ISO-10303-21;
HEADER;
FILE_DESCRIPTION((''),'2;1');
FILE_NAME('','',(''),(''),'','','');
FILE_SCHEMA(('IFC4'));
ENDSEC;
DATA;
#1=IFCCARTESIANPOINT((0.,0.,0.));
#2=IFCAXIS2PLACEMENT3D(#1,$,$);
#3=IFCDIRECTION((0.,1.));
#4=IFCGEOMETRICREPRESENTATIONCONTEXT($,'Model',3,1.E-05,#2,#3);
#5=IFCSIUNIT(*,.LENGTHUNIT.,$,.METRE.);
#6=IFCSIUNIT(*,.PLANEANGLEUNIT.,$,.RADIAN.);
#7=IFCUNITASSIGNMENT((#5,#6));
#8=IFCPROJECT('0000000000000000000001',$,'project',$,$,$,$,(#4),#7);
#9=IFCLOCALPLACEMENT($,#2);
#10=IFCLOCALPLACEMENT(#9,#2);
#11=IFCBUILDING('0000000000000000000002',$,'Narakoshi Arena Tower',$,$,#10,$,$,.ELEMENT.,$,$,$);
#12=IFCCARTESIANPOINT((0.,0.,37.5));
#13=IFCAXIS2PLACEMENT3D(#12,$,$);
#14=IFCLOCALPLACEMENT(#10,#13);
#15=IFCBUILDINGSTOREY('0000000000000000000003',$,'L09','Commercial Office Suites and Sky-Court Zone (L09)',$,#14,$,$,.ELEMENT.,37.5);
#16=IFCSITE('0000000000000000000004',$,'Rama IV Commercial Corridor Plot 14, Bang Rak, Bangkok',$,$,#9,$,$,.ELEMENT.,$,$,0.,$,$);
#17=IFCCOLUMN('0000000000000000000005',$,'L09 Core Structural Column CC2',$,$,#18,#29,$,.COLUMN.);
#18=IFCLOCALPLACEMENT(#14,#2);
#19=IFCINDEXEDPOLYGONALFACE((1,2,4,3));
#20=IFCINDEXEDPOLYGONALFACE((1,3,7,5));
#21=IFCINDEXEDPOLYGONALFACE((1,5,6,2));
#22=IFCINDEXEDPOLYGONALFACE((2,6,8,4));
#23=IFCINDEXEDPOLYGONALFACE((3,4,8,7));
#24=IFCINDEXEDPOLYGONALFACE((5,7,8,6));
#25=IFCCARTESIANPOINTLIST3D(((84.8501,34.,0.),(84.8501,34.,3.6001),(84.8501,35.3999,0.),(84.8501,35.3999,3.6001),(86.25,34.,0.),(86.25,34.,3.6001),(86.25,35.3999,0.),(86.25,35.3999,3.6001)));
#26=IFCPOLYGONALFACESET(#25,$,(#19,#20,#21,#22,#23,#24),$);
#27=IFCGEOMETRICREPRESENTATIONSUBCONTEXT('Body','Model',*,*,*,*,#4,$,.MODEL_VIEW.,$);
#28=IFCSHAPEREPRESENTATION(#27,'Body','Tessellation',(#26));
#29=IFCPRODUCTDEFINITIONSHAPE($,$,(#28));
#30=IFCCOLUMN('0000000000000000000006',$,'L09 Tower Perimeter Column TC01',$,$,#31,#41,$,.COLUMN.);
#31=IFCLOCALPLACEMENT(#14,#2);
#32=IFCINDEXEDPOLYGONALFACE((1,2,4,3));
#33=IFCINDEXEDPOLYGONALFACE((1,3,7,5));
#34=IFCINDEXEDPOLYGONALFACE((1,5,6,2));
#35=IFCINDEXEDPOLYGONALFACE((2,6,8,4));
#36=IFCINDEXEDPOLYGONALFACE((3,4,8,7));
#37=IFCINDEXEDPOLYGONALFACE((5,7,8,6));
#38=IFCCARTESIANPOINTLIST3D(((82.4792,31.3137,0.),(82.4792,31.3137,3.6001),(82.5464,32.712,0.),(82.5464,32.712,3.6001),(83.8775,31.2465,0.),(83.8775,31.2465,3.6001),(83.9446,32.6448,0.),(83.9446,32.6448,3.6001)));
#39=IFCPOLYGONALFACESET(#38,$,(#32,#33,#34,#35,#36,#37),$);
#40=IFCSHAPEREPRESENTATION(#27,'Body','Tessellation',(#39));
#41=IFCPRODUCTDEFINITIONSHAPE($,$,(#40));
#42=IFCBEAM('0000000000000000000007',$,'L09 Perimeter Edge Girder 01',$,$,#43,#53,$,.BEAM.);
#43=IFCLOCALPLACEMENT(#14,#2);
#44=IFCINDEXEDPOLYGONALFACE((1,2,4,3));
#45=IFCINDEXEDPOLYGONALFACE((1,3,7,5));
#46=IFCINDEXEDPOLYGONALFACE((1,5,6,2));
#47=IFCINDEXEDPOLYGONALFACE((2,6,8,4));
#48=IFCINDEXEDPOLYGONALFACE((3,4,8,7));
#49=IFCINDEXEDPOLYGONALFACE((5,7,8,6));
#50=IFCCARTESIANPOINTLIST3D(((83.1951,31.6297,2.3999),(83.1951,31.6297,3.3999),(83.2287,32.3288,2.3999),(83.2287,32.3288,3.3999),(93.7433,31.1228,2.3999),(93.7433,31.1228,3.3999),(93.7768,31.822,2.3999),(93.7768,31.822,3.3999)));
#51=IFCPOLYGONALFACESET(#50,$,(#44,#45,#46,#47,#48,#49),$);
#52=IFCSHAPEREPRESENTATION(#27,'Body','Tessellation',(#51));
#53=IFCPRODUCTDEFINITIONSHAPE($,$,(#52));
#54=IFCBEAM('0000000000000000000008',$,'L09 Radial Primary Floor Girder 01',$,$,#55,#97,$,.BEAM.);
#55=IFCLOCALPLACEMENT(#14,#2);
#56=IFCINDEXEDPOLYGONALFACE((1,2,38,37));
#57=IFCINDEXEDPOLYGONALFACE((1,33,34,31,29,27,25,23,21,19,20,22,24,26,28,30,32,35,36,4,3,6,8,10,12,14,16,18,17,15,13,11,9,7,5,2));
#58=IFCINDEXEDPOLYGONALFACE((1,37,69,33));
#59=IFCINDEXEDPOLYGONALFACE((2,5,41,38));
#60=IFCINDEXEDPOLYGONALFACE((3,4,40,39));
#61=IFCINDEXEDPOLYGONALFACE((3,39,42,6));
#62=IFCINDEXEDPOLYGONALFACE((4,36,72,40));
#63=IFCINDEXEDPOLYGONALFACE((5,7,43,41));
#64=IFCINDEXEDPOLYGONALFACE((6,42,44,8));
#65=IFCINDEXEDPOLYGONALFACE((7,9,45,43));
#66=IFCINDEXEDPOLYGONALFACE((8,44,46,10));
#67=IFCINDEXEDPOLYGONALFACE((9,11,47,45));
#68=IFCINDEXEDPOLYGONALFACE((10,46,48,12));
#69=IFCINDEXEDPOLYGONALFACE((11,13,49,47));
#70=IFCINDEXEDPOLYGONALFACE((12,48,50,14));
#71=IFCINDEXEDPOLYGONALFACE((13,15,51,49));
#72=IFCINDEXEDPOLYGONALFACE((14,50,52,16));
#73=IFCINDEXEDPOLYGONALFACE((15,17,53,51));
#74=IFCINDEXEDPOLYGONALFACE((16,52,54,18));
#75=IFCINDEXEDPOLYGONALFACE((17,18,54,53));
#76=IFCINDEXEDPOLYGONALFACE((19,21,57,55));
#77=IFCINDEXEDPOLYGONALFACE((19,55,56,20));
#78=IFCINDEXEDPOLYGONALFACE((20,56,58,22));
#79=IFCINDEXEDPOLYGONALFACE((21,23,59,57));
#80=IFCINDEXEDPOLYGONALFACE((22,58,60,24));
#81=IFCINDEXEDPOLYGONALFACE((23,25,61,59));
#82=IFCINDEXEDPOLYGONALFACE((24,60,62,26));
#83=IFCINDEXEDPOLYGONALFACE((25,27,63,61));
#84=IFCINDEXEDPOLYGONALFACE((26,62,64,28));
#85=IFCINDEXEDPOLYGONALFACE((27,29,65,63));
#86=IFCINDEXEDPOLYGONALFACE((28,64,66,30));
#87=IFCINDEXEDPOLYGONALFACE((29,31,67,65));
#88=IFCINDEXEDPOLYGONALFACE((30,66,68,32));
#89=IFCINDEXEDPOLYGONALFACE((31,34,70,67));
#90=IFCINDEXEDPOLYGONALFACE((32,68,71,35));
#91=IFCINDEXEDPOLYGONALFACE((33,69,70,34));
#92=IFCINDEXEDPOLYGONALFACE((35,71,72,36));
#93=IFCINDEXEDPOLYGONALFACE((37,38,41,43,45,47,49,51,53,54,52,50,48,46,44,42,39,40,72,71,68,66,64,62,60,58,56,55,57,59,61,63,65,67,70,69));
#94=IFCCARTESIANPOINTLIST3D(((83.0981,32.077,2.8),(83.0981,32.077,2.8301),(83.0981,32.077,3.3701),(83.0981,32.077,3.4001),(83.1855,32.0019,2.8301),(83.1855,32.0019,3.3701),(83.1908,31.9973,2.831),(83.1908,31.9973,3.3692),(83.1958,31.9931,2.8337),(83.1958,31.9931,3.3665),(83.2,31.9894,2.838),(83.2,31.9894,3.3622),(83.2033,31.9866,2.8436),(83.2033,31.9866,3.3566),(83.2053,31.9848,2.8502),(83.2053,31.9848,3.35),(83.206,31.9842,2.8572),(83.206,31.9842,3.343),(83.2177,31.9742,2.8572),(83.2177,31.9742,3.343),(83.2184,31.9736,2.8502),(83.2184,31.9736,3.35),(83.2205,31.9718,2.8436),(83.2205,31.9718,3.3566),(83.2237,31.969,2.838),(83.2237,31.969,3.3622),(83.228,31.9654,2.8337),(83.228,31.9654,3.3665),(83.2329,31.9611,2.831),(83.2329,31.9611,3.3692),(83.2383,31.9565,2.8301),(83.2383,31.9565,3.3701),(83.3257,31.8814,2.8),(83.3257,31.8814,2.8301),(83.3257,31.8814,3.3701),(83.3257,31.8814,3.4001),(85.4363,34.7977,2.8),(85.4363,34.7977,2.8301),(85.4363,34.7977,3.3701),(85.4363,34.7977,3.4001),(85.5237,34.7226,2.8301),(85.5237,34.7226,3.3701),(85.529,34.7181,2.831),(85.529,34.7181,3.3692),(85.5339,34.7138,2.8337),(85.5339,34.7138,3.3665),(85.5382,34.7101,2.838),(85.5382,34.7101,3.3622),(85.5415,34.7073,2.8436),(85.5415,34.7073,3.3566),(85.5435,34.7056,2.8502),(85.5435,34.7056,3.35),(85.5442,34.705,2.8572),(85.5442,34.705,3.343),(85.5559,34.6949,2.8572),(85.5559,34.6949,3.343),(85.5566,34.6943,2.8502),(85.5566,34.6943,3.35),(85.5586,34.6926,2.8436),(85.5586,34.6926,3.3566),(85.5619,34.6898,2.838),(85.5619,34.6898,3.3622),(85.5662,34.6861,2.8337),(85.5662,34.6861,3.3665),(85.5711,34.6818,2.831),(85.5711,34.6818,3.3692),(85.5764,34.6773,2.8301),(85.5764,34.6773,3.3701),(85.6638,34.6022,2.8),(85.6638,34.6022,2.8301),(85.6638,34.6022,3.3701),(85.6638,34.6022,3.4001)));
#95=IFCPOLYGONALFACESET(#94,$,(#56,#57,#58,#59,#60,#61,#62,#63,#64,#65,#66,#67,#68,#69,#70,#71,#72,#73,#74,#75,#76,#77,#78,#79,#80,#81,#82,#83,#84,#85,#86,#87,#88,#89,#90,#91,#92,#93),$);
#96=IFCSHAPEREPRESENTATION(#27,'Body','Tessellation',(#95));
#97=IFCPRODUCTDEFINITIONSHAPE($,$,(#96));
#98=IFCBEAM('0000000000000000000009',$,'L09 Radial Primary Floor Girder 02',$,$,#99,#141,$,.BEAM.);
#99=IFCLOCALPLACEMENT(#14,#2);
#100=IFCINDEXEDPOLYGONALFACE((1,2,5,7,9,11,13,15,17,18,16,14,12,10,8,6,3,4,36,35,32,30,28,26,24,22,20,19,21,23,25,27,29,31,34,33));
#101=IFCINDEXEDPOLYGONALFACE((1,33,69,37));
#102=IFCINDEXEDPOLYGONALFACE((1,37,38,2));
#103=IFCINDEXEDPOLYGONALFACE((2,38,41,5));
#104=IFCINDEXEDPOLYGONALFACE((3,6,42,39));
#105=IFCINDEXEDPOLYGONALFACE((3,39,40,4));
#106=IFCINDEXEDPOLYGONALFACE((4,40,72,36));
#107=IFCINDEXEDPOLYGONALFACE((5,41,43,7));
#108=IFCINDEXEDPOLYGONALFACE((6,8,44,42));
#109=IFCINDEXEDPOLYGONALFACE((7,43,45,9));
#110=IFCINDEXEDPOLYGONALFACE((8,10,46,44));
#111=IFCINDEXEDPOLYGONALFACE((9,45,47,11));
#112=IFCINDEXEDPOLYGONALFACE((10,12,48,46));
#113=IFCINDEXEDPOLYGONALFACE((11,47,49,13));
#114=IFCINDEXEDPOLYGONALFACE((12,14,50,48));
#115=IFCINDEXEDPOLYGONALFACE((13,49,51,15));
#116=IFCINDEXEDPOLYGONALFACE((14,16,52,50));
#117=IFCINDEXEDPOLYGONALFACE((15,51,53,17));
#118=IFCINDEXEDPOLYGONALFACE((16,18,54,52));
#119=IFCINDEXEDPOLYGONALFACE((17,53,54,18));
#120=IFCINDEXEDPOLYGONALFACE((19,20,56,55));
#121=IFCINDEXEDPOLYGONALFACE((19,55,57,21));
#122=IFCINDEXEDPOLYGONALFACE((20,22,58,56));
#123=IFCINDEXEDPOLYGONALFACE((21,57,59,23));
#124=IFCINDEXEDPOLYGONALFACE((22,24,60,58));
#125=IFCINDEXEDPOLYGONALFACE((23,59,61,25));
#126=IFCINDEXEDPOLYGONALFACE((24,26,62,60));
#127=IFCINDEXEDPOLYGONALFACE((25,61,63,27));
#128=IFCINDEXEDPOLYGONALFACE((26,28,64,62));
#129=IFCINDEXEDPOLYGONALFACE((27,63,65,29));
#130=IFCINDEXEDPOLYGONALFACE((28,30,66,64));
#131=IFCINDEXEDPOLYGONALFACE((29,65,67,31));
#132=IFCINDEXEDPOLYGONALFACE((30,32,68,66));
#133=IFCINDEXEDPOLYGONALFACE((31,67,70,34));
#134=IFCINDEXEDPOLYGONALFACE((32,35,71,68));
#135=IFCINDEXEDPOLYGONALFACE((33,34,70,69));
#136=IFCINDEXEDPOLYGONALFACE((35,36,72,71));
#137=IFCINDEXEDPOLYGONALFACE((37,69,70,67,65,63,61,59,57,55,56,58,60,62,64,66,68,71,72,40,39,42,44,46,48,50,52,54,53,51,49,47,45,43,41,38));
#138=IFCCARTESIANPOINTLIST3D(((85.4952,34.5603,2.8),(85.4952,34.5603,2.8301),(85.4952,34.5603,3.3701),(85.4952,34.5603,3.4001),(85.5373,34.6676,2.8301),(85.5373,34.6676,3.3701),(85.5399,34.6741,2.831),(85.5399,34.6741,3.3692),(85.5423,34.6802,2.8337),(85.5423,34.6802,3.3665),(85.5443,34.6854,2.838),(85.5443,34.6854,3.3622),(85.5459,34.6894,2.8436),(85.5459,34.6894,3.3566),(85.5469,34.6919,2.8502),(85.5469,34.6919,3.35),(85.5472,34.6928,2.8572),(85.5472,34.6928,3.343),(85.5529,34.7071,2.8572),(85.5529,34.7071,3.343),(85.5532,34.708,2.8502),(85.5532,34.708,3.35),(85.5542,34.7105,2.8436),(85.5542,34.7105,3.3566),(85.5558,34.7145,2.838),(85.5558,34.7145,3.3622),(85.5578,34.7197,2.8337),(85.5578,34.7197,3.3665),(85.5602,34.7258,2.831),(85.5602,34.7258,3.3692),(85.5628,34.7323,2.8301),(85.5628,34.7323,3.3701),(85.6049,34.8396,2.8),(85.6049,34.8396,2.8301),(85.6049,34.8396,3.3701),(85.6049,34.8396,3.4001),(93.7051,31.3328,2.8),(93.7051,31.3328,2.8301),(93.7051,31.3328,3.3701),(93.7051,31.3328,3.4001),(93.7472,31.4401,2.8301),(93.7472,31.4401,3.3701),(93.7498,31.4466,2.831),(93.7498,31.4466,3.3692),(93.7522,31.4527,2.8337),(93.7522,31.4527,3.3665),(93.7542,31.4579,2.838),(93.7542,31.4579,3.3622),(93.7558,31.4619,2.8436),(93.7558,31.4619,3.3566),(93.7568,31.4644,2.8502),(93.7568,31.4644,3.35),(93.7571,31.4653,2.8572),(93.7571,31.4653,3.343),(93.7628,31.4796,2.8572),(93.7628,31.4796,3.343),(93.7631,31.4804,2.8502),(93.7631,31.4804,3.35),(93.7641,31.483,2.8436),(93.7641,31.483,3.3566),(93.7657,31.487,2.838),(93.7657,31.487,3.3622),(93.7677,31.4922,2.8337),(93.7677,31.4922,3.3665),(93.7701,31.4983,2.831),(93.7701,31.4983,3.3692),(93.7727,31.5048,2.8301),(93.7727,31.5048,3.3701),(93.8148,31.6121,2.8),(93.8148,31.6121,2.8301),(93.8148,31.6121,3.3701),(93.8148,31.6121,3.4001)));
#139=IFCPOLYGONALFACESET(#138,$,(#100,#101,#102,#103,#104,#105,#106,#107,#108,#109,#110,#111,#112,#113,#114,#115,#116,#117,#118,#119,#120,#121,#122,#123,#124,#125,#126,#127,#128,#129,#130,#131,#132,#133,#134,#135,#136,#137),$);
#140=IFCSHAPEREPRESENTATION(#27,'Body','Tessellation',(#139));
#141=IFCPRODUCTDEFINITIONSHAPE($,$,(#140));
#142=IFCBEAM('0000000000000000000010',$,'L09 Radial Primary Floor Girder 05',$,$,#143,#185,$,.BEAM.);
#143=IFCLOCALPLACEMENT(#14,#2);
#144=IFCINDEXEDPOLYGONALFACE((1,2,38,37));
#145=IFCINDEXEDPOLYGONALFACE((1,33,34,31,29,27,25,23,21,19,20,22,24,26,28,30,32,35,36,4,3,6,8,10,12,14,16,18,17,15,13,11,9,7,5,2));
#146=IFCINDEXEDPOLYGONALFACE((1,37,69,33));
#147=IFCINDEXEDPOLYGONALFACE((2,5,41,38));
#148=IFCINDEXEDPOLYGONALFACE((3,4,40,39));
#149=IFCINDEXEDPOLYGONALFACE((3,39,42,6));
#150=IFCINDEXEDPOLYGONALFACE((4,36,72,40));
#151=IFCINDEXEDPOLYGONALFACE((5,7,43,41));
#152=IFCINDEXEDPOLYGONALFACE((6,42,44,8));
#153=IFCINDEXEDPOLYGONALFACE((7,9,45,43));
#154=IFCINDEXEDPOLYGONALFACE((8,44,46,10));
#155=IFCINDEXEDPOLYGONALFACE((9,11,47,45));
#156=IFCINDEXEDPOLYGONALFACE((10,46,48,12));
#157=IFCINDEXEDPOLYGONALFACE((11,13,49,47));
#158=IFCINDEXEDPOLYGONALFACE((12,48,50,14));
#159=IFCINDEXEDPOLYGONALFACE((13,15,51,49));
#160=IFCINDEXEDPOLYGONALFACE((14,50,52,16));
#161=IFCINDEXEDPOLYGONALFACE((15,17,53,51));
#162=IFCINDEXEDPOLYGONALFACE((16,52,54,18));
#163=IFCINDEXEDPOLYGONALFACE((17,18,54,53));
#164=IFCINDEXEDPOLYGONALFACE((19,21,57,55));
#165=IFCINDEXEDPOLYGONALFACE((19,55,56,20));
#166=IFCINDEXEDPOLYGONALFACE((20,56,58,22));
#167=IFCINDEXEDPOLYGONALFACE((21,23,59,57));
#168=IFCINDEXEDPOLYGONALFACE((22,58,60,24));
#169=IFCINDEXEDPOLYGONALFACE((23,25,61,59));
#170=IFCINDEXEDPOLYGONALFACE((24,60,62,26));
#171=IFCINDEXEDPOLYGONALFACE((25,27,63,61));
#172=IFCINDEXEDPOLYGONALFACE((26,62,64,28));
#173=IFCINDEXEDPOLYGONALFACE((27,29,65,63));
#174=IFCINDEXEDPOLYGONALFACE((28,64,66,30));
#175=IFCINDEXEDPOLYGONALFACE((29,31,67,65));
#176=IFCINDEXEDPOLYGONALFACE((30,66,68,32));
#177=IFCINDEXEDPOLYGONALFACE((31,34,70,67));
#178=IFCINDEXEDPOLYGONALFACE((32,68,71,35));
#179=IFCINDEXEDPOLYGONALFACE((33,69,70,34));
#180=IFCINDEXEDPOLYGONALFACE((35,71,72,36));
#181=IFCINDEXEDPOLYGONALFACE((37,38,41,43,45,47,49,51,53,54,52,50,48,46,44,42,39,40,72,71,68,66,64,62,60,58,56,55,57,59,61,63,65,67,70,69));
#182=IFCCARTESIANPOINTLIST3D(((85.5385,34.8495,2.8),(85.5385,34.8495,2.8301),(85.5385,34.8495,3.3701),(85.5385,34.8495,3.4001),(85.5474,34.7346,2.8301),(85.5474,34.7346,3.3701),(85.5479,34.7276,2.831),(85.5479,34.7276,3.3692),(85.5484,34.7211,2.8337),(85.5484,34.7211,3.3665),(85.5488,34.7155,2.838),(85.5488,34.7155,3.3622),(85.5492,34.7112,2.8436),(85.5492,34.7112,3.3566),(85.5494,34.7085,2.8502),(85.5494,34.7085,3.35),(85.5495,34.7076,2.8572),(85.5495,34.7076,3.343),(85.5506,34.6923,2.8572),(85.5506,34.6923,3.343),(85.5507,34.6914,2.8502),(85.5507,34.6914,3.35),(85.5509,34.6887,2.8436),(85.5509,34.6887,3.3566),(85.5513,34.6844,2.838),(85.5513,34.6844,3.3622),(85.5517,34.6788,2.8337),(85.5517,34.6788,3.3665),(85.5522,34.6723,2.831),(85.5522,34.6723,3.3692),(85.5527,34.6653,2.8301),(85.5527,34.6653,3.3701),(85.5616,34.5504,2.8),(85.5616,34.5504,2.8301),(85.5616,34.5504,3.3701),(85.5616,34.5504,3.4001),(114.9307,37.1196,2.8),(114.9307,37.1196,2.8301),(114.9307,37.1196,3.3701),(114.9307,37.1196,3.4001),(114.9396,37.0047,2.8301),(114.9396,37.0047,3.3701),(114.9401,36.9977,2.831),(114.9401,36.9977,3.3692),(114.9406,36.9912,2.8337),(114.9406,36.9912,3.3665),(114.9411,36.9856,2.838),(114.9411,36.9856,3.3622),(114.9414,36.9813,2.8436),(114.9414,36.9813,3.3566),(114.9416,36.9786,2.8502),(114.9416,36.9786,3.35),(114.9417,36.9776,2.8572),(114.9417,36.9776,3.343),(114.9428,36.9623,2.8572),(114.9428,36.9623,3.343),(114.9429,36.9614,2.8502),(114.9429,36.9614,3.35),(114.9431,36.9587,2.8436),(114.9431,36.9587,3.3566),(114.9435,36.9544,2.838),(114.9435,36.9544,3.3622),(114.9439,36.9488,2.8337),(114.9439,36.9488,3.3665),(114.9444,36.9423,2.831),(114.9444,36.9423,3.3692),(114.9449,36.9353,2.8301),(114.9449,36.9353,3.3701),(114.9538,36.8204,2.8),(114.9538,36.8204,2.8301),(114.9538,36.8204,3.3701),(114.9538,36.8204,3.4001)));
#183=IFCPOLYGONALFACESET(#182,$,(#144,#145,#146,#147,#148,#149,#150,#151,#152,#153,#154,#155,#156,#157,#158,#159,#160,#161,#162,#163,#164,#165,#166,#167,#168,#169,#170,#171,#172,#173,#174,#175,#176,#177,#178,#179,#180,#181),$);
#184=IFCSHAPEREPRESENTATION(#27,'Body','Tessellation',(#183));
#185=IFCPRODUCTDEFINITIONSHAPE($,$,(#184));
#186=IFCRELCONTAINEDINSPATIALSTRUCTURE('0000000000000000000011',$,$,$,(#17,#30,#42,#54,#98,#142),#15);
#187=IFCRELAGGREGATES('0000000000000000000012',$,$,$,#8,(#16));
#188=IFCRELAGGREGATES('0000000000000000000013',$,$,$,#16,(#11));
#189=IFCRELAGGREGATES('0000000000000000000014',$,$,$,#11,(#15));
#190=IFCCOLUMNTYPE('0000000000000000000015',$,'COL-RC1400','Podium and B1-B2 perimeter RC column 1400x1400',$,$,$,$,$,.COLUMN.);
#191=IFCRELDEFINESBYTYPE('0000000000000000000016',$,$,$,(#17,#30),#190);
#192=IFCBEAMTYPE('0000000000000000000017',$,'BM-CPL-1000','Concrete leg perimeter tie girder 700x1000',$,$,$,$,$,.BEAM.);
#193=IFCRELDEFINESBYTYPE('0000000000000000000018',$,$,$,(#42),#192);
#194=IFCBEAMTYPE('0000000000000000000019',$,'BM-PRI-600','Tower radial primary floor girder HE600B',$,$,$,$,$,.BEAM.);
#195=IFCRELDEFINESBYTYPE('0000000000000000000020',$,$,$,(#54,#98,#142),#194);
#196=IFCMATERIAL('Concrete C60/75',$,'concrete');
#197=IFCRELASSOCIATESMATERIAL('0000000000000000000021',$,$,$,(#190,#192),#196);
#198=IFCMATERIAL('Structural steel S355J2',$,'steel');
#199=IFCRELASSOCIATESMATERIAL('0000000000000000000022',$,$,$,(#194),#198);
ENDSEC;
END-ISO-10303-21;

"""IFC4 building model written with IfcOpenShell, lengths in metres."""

from ifc_helpers import new_model, si_unit, direction, frame, origin, origin_2d, place, context, subcontext, project, spatial, rectangle, i_section, extrude, material, material_profile, profile_set, type_object, element, save


model = new_model("IFC4")

# Units and contexts
model_context = context("Model", 3, precision=1e-05, world=origin(), true_north=direction((0.0, 1.0)))
body_context = subcontext(model_context, "Body", "Model", "MODEL_VIEW")
ifc_project = project(units=[si_unit("LENGTHUNIT", "METRE"), si_unit("PLANEANGLEUNIT", "RADIAN")], contexts=[model_context])

# Site, building, storey
site_placement = place(None, origin())
site = spatial("IfcSite", under=ifc_project, at=site_placement, Name="Rama IV Commercial Corridor Plot 14, Bang Rak, Bangkok", CompositionType="ELEMENT", RefElevation=0.0)
building_placement = place(site_placement, origin())
building = spatial("IfcBuilding", under=site, at=building_placement, Name="Narakoshi Arena Tower", CompositionType="ELEMENT")
storey_placement = place(building_placement, frame((0.0, 0.0, 37.5)))
storey = spatial("IfcBuildingStorey", under=building, at=storey_placement, Name="L09", Description="Commercial Office Suites and Sky-Court Zone (L09)", CompositionType="ELEMENT", Elevation=37.5)

# Columns
ifc_material_1 = material(Name="Concrete C60/75", Category="concrete")
ifc_material_profile_1 = material_profile(ifc_material_1, rectangle(XDim=1.3999, YDim=1.3999, at=origin_2d()), Name="RC1400x1400")
ifc_profile_set_1 = profile_set([ifc_material_profile_1], Name="Concrete C60/75")
column_type = type_object("IfcColumnType", Name="COL-RC1400", Description="Podium and B1-B2 perimeter RC column 1400x1400", PredefinedType="COLUMN", material=ifc_profile_set_1)
for number, where, z_axis, x_axis, name in (
    (1, (85.55, 34.7, 0.0), (0.0, 0.0, 1.0), (1.0, 0.0, 0.0), "L09 Core Structural Column CC2"),
    (2, (83.2119, 31.9792, 0.0), (0.0, 0.0, 1.0), (-0.998848, 0.047978, 0.0), "L09 Tower Perimeter Column TC01"),
):
    element("IfcColumn", number, at=place(storey_placement, frame(where, z_axis=z_axis, x_axis=x_axis)), inside=storey, type_object=column_type, Name=name, PredefinedType="COLUMN", context=body_context, shape_type="SweptSolid", body=[
        extrude(rectangle(XDim=1.3999, YDim=1.3999, at=origin_2d()), origin(), (0.0, 0.0, 1.0), 3.6001),
    ])

# Beams
ifc_material_profile_2 = material_profile(ifc_material_1, rectangle(XDim=0.7, YDim=1.0, at=origin_2d()), Name="RCB700x1000")
ifc_profile_set_2 = profile_set([ifc_material_profile_2], Name="Concrete C60/75")
beam_type_1 = type_object("IfcBeamType", Name="BM-CPL-1000", Description="Concrete leg perimeter tie girder 700x1000", PredefinedType="BEAM", material=ifc_profile_set_2)
beam_1_placement = place(storey_placement, frame((83.2119, 31.9792, 2.8999), z_axis=(0.998848, -0.047995, 0.0), x_axis=(0.047995, 0.998848, 0.0)))
element("IfcBeam", 3, at=beam_1_placement, inside=storey, type_object=beam_type_1, Name="L09 Perimeter Edge Girder 01", PredefinedType="BEAM", context=body_context, shape_type="SweptSolid", body=[
    extrude(rectangle(XDim=0.7, YDim=1.0, at=origin_2d()), origin(), (0.0, 0.0, 1.0), 10.5603),
])
ifc_material_2 = material(Name="Structural steel S355J2", Category="steel")
ifc_material_profile_3 = material_profile(ifc_material_2, i_section(OverallWidth=0.3, OverallDepth=0.6001, WebThickness=0.0154, FlangeThickness=0.03, FilletRadius=0.0271, at=origin_2d()), Name="HE600B")
ifc_profile_set_3 = profile_set([ifc_material_profile_3], Name="Structural steel S355J2")
beam_type_2 = type_object("IfcBeamType", Name="BM-PRI-600", Description="Tower radial primary floor girder HE600B", PredefinedType="BEAM", material=ifc_profile_set_3)
beam_2_placement = place(storey_placement, frame((85.55, 34.7, 3.1001), z_axis=(-0.651772, -0.758415, 0.0), x_axis=(0.758415, -0.651772, 0.0)))
element("IfcBeam", 4, at=beam_2_placement, inside=storey, type_object=beam_type_2, Name="L09 Radial Primary Floor Girder 01", PredefinedType="BEAM", context=body_context, shape_type="SweptSolid", body=[
    extrude(i_section(OverallWidth=0.3, OverallDepth=0.6001, WebThickness=0.0154, FlangeThickness=0.03, FilletRadius=0.0271, at=origin_2d()), origin(), (0.0, 0.0, 1.0), 3.5874),
])
beam_3_placement = place(storey_placement, frame((85.55, 34.7, 3.1001), z_axis=(0.930667, -0.365868, 0.0), x_axis=(0.365868, 0.930667, 0.0)))
element("IfcBeam", 5, at=beam_3_placement, inside=storey, type_object=beam_type_2, Name="L09 Radial Primary Floor Girder 02", PredefinedType="BEAM", context=body_context, shape_type="SweptSolid", body=[
    extrude(i_section(OverallWidth=0.3, OverallDepth=0.6001, WebThickness=0.0154, FlangeThickness=0.03, FilletRadius=0.0271, at=origin_2d()), origin(), (0.0, 0.0, 1.0), 8.8215),
])
beam_4_placement = place(storey_placement, frame((85.55, 34.7, 3.1001), z_axis=(0.997031, 0.077003, 0.0), x_axis=(-0.077003, 0.997031, 0.0)))
element("IfcBeam", 6, at=beam_4_placement, inside=storey, type_object=beam_type_2, Name="L09 Radial Primary Floor Girder 05", PredefinedType="BEAM", context=body_context, shape_type="SweptSolid", body=[
    extrude(i_section(OverallWidth=0.3, OverallDepth=0.6001, WebThickness=0.0154, FlangeThickness=0.03, FilletRadius=0.0271, at=origin_2d()), origin(), (0.0, 0.0, 1.0), 29.4797),
])

save(model, "model.ifc")
